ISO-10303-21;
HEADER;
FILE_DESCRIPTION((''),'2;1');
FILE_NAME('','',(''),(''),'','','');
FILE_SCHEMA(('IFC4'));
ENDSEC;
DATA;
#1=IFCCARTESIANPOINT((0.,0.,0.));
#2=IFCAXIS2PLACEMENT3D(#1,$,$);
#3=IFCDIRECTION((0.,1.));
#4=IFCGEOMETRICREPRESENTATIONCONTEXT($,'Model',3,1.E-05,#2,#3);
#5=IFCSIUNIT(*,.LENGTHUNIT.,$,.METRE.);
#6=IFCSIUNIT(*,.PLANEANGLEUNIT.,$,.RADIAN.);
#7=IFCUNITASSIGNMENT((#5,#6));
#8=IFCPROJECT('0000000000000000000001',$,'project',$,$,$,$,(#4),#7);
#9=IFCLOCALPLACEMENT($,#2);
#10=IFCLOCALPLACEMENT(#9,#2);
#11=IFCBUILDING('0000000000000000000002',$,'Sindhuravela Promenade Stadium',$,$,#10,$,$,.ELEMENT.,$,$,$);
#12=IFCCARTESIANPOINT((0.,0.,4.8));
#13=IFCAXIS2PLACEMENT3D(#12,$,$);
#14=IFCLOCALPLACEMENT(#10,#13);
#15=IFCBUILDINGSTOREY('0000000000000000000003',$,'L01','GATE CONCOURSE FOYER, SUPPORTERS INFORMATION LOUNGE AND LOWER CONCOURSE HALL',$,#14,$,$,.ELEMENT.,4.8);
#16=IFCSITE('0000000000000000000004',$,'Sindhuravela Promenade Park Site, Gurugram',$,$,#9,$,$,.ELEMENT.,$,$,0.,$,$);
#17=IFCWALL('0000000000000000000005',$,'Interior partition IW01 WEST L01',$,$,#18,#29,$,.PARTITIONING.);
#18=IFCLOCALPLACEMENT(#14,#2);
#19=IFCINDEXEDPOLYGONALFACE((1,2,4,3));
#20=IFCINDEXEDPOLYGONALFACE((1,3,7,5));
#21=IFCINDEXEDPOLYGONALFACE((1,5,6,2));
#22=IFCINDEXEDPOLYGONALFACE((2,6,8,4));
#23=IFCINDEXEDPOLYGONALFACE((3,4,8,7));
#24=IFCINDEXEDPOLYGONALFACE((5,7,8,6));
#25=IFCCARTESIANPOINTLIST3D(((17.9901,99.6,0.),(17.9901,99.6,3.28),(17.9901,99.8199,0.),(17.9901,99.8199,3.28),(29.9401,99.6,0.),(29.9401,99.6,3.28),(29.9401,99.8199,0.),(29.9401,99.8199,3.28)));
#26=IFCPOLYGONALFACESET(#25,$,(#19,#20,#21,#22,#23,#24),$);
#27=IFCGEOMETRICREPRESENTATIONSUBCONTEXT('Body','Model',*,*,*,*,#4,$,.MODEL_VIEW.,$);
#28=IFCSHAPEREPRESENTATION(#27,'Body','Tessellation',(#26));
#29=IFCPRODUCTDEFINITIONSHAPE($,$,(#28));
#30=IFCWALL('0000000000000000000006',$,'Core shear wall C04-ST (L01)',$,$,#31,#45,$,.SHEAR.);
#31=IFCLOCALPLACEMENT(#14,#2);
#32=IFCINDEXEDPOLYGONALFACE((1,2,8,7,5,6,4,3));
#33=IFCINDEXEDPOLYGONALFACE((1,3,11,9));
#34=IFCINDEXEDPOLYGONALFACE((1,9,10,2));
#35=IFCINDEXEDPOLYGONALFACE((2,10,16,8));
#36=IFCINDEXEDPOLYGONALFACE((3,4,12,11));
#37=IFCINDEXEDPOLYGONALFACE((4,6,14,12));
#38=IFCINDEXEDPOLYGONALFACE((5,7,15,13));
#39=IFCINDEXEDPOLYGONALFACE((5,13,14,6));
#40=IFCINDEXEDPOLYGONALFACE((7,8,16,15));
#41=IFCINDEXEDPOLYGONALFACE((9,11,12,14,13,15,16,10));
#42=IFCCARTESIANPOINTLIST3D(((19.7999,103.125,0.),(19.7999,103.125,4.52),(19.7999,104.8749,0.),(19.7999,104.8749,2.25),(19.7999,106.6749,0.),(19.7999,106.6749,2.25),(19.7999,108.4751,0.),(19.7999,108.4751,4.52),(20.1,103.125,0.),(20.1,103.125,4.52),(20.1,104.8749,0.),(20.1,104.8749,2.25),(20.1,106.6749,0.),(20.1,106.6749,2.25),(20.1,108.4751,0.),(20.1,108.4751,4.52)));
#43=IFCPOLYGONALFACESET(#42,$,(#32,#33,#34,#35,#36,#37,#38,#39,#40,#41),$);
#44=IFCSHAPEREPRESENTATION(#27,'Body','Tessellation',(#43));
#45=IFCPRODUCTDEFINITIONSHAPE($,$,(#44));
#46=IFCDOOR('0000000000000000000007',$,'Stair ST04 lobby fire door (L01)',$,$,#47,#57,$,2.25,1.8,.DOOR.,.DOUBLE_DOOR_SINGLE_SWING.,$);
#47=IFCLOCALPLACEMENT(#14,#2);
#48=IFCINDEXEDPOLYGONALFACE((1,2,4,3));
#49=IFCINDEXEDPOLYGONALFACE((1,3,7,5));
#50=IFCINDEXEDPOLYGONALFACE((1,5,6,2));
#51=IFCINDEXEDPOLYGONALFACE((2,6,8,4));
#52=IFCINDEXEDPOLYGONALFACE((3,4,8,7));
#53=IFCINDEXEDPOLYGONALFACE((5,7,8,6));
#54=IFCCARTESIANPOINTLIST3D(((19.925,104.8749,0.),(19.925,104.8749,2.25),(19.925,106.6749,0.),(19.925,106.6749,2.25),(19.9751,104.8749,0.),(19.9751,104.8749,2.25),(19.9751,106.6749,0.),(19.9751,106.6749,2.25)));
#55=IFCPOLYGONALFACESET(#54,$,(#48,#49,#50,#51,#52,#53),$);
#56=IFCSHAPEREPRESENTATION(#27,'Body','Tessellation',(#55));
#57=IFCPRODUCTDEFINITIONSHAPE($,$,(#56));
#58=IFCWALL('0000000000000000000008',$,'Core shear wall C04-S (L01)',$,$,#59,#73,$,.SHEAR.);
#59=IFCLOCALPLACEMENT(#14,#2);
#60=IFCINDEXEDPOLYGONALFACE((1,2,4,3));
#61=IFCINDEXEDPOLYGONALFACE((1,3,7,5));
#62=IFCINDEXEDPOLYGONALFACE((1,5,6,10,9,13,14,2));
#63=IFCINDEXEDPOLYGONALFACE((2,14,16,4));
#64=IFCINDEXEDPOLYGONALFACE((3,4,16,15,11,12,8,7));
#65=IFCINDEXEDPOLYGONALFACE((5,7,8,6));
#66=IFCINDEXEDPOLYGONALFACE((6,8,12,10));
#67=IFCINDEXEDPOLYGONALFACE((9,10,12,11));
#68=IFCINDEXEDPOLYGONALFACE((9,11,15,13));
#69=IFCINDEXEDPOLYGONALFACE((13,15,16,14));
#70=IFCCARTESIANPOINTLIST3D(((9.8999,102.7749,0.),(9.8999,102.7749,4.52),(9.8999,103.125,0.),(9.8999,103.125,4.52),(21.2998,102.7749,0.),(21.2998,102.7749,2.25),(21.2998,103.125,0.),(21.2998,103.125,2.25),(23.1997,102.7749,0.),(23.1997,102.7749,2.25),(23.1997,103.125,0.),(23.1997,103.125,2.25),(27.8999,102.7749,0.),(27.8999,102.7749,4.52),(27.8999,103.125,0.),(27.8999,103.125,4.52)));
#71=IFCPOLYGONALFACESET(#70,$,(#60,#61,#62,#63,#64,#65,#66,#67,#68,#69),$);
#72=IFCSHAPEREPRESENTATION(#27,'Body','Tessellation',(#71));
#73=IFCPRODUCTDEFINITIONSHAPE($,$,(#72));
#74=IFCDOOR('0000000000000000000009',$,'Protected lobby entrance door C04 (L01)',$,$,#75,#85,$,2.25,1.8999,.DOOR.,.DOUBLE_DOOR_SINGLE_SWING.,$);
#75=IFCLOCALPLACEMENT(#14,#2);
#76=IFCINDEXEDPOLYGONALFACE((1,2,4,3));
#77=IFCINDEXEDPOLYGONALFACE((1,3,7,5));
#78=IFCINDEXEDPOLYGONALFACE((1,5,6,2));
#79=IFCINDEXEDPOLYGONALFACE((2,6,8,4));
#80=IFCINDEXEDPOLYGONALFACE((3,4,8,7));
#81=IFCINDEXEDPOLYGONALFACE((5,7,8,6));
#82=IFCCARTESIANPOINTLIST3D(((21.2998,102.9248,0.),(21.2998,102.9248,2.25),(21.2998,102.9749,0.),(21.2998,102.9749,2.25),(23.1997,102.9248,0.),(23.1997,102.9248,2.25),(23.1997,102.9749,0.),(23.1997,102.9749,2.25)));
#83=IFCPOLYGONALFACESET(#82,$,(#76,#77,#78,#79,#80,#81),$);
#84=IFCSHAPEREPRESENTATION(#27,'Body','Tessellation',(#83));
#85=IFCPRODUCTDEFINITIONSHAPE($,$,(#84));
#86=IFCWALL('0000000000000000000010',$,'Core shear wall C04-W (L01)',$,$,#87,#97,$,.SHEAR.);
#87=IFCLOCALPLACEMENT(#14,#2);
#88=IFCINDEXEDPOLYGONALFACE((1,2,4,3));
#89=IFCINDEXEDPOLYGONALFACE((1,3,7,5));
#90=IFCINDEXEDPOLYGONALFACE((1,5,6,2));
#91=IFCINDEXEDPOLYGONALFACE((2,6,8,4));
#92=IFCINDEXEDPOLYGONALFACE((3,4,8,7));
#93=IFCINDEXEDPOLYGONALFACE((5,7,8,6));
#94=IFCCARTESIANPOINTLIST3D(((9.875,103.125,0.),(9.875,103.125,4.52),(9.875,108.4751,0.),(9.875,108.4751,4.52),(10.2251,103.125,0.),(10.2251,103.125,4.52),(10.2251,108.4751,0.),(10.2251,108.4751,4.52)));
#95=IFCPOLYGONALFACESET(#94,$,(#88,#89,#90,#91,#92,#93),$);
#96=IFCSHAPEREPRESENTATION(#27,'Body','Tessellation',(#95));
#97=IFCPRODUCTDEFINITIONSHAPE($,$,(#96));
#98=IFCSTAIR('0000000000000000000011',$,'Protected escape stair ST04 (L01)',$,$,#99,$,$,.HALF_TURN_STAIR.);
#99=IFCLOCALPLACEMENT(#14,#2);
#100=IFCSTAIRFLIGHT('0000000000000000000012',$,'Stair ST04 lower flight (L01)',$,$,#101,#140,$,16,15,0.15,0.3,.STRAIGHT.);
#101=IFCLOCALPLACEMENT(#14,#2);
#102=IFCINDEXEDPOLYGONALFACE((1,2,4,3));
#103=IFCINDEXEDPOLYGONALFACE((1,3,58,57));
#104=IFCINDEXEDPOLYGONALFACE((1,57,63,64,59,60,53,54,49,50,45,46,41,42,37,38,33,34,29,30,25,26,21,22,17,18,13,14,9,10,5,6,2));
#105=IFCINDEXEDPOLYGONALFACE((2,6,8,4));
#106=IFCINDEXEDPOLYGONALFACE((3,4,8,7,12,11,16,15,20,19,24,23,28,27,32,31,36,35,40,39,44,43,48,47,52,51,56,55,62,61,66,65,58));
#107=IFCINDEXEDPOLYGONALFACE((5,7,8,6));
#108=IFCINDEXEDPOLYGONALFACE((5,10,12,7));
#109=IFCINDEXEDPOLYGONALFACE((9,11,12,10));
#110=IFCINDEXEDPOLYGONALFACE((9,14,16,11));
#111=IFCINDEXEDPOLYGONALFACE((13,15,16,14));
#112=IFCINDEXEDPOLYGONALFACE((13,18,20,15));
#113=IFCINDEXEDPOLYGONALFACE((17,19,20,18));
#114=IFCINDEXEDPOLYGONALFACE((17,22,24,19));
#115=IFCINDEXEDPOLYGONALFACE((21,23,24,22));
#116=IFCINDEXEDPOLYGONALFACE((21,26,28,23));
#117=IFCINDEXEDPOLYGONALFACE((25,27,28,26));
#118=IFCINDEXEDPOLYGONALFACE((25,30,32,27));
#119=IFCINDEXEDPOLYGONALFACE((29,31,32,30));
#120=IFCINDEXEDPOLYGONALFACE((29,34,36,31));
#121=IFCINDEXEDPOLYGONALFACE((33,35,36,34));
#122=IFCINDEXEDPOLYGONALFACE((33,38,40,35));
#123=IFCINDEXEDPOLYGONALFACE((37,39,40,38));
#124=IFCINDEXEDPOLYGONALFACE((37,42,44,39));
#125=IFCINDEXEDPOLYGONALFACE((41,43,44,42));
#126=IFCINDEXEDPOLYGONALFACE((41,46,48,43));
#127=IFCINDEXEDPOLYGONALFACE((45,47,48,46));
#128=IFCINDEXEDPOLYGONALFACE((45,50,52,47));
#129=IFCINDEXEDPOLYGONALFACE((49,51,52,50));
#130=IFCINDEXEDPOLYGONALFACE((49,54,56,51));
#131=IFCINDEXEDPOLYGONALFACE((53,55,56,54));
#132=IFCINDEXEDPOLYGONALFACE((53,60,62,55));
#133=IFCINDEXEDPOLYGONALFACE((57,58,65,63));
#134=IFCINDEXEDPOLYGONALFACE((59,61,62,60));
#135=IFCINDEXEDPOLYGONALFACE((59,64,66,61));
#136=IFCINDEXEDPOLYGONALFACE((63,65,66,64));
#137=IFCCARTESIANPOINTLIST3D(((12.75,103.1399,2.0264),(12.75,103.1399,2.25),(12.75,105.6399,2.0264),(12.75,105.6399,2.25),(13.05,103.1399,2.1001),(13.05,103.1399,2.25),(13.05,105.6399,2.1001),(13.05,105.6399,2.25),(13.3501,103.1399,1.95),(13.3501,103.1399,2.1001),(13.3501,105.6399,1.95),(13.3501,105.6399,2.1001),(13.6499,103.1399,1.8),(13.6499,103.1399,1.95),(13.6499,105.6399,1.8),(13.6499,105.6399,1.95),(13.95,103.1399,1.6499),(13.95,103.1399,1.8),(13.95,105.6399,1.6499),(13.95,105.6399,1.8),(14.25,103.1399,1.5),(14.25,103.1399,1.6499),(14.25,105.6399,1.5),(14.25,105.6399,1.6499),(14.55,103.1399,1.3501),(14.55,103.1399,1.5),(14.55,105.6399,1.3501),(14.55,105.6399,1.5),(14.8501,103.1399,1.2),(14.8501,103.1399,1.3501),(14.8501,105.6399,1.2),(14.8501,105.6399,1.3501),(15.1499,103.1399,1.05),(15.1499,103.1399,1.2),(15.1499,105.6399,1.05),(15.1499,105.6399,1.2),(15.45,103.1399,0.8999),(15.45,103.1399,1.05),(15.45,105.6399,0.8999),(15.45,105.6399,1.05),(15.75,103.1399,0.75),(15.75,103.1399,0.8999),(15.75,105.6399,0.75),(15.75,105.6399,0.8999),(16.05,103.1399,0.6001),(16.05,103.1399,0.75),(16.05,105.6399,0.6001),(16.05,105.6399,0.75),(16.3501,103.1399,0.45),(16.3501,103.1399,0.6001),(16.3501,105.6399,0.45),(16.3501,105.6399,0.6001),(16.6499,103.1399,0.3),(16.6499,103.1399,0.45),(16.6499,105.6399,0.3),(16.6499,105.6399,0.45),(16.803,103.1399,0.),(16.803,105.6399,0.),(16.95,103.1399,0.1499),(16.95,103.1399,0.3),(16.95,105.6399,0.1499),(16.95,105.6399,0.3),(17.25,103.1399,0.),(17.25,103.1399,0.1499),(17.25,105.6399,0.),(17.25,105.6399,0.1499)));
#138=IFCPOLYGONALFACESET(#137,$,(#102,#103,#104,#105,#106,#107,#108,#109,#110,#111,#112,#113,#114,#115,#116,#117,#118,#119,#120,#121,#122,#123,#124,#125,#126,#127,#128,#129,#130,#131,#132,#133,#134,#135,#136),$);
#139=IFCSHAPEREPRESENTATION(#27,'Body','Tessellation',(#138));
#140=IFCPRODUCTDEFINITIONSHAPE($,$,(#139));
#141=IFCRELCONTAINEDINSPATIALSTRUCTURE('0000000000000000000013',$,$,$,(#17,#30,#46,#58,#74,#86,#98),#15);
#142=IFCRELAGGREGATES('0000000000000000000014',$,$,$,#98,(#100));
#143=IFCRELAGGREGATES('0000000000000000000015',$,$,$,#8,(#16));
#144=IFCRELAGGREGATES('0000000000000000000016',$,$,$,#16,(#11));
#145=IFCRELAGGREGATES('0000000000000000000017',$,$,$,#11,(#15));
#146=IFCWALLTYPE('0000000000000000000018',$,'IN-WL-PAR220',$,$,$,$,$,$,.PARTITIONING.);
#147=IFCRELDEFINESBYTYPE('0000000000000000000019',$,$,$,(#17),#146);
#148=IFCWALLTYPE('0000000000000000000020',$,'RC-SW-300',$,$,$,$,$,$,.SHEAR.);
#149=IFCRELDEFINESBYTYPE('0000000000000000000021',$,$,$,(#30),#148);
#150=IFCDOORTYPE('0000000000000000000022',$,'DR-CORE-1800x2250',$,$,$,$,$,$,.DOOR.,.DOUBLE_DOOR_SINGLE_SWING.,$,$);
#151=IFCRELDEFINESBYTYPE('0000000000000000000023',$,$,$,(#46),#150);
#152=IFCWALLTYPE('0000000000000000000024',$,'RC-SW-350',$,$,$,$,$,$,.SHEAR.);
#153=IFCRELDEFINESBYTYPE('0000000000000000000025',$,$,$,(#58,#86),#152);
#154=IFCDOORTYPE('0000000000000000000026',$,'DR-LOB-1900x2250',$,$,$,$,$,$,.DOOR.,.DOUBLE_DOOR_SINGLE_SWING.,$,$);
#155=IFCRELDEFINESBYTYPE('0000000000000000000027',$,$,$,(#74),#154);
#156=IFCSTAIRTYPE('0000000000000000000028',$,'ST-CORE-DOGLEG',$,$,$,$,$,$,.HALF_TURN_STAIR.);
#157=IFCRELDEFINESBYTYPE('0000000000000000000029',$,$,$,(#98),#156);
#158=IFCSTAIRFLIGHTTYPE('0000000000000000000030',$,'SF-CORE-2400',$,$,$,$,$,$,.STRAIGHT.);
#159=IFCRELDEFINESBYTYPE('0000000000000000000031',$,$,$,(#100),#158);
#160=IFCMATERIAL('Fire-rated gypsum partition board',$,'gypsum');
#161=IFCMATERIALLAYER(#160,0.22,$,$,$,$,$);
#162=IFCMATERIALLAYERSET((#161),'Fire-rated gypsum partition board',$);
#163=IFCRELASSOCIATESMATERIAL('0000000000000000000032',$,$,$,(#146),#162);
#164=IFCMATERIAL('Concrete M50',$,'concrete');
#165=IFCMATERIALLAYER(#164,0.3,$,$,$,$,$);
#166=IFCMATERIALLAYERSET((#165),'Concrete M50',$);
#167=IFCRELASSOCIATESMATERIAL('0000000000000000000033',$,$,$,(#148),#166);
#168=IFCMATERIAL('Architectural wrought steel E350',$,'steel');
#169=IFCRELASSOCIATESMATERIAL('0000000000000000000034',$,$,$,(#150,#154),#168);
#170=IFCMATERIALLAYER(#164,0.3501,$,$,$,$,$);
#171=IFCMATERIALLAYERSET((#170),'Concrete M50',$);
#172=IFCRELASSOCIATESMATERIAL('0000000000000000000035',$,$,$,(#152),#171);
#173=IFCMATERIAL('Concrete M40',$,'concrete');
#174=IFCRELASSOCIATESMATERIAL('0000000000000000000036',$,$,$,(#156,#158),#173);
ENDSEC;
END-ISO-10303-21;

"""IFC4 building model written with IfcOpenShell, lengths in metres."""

from ifc_helpers import new_model, si_unit, direction, frame, frame_2d, origin, place, context, subcontext, project, spatial, polyline, rectangle, outline, extrude, material, layer, layer_set, type_object, element, fill, aggregate, save


model = new_model("IFC4")

# Units and contexts
model_context = context("Model", 3, precision=1e-05, world=origin(), true_north=direction((0.0, 1.0)))
body_context = subcontext(model_context, "Body", "Model", "MODEL_VIEW")
ifc_project = project(units=[si_unit("LENGTHUNIT", "METRE"), si_unit("PLANEANGLEUNIT", "RADIAN")], contexts=[model_context])

# Site, building, storey
site_placement = place(None, origin())
site = spatial("IfcSite", under=ifc_project, at=site_placement, Name="Sindhuravela Promenade Park Site, Gurugram", CompositionType="ELEMENT", RefElevation=0.0)
building_placement = place(site_placement, origin())
building = spatial("IfcBuilding", under=site, at=building_placement, Name="Sindhuravela Promenade Stadium", CompositionType="ELEMENT")
storey_placement = place(building_placement, frame((0.0, 0.0, 4.8)))
storey = spatial("IfcBuildingStorey", under=building, at=storey_placement, Name="L01", Description="GATE CONCOURSE FOYER, SUPPORTERS INFORMATION LOUNGE AND LOWER CONCOURSE HALL", CompositionType="ELEMENT", Elevation=4.8)

# Shared definitions
ifc_material_1 = material(Name="Concrete M50", Category="concrete")

# Shared definitions
ifc_material_2 = material(Name="Concrete M40", Category="concrete")

# Wall
ifc_material_3 = material(Name="Fire-rated gypsum partition board", Category="gypsum")
ifc_layer_1 = layer(ifc_material_3, 0.22)
ifc_layer_set_1 = layer_set([ifc_layer_1], Name="Fire-rated gypsum partition board")
wall_type_1 = type_object("IfcWallType", Name="IN-WL-PAR220", PredefinedType="PARTITIONING", material=ifc_layer_set_1)
wall_1_placement = place(storey_placement, frame((17.99, 99.71, 0.0), z_axis=(0.0, 0.0, 1.0), x_axis=(1.0, 0.0, 0.0)))
element("IfcWall", 1, at=wall_1_placement, inside=storey, type_object=wall_type_1, Name="Interior partition IW01 WEST L01", PredefinedType="PARTITIONING", context=body_context, shape_type="SweptSolid", body=[
    extrude(rectangle(XDim=11.95, YDim=0.22, at=frame_2d((5.9751, 0.0))), origin(), (0.0, 0.0, 1.0), 3.28),
])

# Walls, openings, doors
ifc_layer_2 = layer(ifc_material_1, 0.3)
ifc_layer_set_2 = layer_set([ifc_layer_2], Name="Concrete M50")
wall_type_2 = type_object("IfcWallType", Name="RC-SW-300", PredefinedType="SHEAR", material=ifc_layer_set_2)
wall_2_placement = place(storey_placement, frame((19.95, 103.125, 0.0), z_axis=(0.0, 0.0, 1.0), x_axis=(0.0, 1.0, 0.0)))
wall_2 = element("IfcWall", 2, at=wall_2_placement, inside=storey, type_object=wall_type_2, Name="Core shear wall C04-ST (L01)", PredefinedType="SHEAR", context=body_context, shape_type="SweptSolid", body=[
    extrude(rectangle(XDim=5.3501, YDim=0.3, at=frame_2d((2.675, 0.0))), origin(), (0.0, 0.0, 1.0), 4.52),
])
opening_1_placement = place(wall_2_placement, frame((1.75, 0.0, 0.0)))
opening_1 = element("IfcOpeningElement", 3, at=opening_1_placement, cuts=wall_2, PredefinedType="OPENING", context=body_context, shape_type="SweptSolid", body=[
    extrude(rectangle(XDim=1.8, YDim=2.25, at=frame_2d((0.8999, 1.125))), frame((0.0, 0.1599, 0.0), z_axis=(0.0, -1.0, 0.0), x_axis=(1.0, 0.0, 0.0)), (0.0, 0.0, 1.0), 0.3201),
])
ifc_material_4 = material(Name="Architectural wrought steel E350", Category="steel")
door_type_1 = type_object("IfcDoorType", Name="DR-CORE-1800x2250", OperationType="DOUBLE_DOOR_SINGLE_SWING", PredefinedType="DOOR", material=ifc_material_4)
door_1_placement = place(opening_1_placement, origin())
door_1 = element("IfcDoor", 4, at=door_1_placement, inside=storey, type_object=door_type_1, Name="Stair ST04 lobby fire door (L01)", OperationType="DOUBLE_DOOR_SINGLE_SWING", OverallHeight=2.25, OverallWidth=1.8, PredefinedType="DOOR", context=body_context, shape_type="SweptSolid", body=[
    extrude(rectangle(XDim=1.8, YDim=2.25, at=frame_2d((0.8999, 1.125))), frame((0.0, 0.0249, 0.0), z_axis=(0.0, -1.0, 0.0), x_axis=(1.0, 0.0, 0.0)), (0.0, 0.0, 1.0), 0.05),
])
fill(opening_1, door_1)
ifc_layer_3 = layer(ifc_material_1, 0.3501)
ifc_layer_set_3 = layer_set([ifc_layer_3], Name="Concrete M50")
wall_type_3 = type_object("IfcWallType", Name="RC-SW-350", PredefinedType="SHEAR", material=ifc_layer_set_3)
wall_3_placement = place(storey_placement, frame((9.8999, 102.95, 0.0), z_axis=(0.0, 0.0, 1.0), x_axis=(1.0, 0.0, 0.0)))
wall_3 = element("IfcWall", 5, at=wall_3_placement, inside=storey, type_object=wall_type_3, Name="Core shear wall C04-S (L01)", PredefinedType="SHEAR", context=body_context, shape_type="SweptSolid", body=[
    extrude(rectangle(XDim=18.0, YDim=0.3501, at=frame_2d((9.0, 0.0))), origin(), (0.0, 0.0, 1.0), 4.52),
])
opening_2_placement = place(wall_3_placement, frame((11.3999, 0.0, 0.0)))
opening_2 = element("IfcOpeningElement", 6, at=opening_2_placement, cuts=wall_3, PredefinedType="OPENING", context=body_context, shape_type="SweptSolid", body=[
    extrude(rectangle(XDim=1.8999, YDim=2.25, at=frame_2d((0.95, 1.125))), frame((0.0, 0.1851, 0.0), z_axis=(0.0, -1.0, 0.0), x_axis=(1.0, 0.0, 0.0)), (0.0, 0.0, 1.0), 0.3701),
])
door_type_2 = type_object("IfcDoorType", Name="DR-LOB-1900x2250", OperationType="DOUBLE_DOOR_SINGLE_SWING", PredefinedType="DOOR", material=ifc_material_4)
door_2_placement = place(opening_2_placement, origin())
door_2 = element("IfcDoor", 7, at=door_2_placement, inside=storey, type_object=door_type_2, Name="Protected lobby entrance door C04 (L01)", OperationType="DOUBLE_DOOR_SINGLE_SWING", OverallHeight=2.25, OverallWidth=1.8999, PredefinedType="DOOR", context=body_context, shape_type="SweptSolid", body=[
    extrude(rectangle(XDim=1.8999, YDim=2.25, at=frame_2d((0.95, 1.125))), frame((0.0, 0.0249, 0.0), z_axis=(0.0, -1.0, 0.0), x_axis=(1.0, 0.0, 0.0)), (0.0, 0.0, 1.0), 0.05),
])
fill(opening_2, door_2)

# Wall
wall_4_placement = place(storey_placement, frame((10.05, 108.4751, 0.0), z_axis=(0.0, 0.0, 1.0), x_axis=(0.0, -1.0, 0.0)))
element("IfcWall", 8, at=wall_4_placement, inside=storey, type_object=wall_type_3, Name="Core shear wall C04-W (L01)", PredefinedType="SHEAR", context=body_context, shape_type="SweptSolid", body=[
    extrude(rectangle(XDim=5.3501, YDim=0.3501, at=frame_2d((2.675, 0.0))), origin(), (0.0, 0.0, 1.0), 4.52),
])

# Stair, stair flight
stair_type = type_object("IfcStairType", Name="ST-CORE-DOGLEG", PredefinedType="HALF_TURN_STAIR", material=ifc_material_2)
stair_placement = place(storey_placement, origin())
stair = element("IfcStair", 9, at=stair_placement, inside=storey, type_object=stair_type, Name="Protected escape stair ST04 (L01)", PredefinedType="HALF_TURN_STAIR")
stair_flight_type = type_object("IfcStairFlightType", Name="SF-CORE-2400", PredefinedType="STRAIGHT", material=ifc_material_2)
stair_flight_1_placement = place(storey_placement, frame((17.25, 104.3899, 0.0), z_axis=(0.0, 0.0, 1.0), x_axis=(-1.0, 0.0, 0.0)))
stair_flight_1 = element("IfcStairFlight", 10, at=stair_flight_1_placement, type_object=stair_flight_type, Name="Stair ST04 lower flight (L01)", NumberOfRisers=16, NumberOfTreads=15, PredefinedType="STRAIGHT", RiserHeight=0.15, TreadLength=0.3, context=body_context, shape_type="SweptSolid", body=[
    extrude(outline(polyline([(0.0, 0.0), (0.0, 0.1499), (0.3, 0.1499), (0.3, 0.3), (0.6001, 0.3), (0.6001, 0.45), (0.8999, 0.45), (0.8999, 0.6001), (1.2, 0.6001), (1.2, 0.75), (1.5, 0.75), (1.5, 0.8999), (1.8, 0.8999), (1.8, 1.05), (2.1001, 1.05), (2.1001, 1.2), (2.3999, 1.2), (2.3999, 1.3501), (2.7, 1.3501), (2.7, 1.5), (3.0, 1.5), (3.0, 1.6499), (3.3, 1.6499), (3.3, 1.8), (3.6001, 1.8), (3.6001, 1.95), (3.8999, 1.95), (3.8999, 2.1001), (4.2, 2.1001), (4.2, 2.25), (4.5, 2.25), (4.5, 2.3999), (4.5, 2.0264), (0.447, 0.0), (0.0, 0.0)])), frame((0.0, 1.25, 0.0), z_axis=(0.0, -1.0, 0.0), x_axis=(1.0, 0.0, 0.0)), (0.0, 0.0, 1.0), 2.5),
])
aggregate(stair, [stair_flight_1])

save(model, "model.ifc")
